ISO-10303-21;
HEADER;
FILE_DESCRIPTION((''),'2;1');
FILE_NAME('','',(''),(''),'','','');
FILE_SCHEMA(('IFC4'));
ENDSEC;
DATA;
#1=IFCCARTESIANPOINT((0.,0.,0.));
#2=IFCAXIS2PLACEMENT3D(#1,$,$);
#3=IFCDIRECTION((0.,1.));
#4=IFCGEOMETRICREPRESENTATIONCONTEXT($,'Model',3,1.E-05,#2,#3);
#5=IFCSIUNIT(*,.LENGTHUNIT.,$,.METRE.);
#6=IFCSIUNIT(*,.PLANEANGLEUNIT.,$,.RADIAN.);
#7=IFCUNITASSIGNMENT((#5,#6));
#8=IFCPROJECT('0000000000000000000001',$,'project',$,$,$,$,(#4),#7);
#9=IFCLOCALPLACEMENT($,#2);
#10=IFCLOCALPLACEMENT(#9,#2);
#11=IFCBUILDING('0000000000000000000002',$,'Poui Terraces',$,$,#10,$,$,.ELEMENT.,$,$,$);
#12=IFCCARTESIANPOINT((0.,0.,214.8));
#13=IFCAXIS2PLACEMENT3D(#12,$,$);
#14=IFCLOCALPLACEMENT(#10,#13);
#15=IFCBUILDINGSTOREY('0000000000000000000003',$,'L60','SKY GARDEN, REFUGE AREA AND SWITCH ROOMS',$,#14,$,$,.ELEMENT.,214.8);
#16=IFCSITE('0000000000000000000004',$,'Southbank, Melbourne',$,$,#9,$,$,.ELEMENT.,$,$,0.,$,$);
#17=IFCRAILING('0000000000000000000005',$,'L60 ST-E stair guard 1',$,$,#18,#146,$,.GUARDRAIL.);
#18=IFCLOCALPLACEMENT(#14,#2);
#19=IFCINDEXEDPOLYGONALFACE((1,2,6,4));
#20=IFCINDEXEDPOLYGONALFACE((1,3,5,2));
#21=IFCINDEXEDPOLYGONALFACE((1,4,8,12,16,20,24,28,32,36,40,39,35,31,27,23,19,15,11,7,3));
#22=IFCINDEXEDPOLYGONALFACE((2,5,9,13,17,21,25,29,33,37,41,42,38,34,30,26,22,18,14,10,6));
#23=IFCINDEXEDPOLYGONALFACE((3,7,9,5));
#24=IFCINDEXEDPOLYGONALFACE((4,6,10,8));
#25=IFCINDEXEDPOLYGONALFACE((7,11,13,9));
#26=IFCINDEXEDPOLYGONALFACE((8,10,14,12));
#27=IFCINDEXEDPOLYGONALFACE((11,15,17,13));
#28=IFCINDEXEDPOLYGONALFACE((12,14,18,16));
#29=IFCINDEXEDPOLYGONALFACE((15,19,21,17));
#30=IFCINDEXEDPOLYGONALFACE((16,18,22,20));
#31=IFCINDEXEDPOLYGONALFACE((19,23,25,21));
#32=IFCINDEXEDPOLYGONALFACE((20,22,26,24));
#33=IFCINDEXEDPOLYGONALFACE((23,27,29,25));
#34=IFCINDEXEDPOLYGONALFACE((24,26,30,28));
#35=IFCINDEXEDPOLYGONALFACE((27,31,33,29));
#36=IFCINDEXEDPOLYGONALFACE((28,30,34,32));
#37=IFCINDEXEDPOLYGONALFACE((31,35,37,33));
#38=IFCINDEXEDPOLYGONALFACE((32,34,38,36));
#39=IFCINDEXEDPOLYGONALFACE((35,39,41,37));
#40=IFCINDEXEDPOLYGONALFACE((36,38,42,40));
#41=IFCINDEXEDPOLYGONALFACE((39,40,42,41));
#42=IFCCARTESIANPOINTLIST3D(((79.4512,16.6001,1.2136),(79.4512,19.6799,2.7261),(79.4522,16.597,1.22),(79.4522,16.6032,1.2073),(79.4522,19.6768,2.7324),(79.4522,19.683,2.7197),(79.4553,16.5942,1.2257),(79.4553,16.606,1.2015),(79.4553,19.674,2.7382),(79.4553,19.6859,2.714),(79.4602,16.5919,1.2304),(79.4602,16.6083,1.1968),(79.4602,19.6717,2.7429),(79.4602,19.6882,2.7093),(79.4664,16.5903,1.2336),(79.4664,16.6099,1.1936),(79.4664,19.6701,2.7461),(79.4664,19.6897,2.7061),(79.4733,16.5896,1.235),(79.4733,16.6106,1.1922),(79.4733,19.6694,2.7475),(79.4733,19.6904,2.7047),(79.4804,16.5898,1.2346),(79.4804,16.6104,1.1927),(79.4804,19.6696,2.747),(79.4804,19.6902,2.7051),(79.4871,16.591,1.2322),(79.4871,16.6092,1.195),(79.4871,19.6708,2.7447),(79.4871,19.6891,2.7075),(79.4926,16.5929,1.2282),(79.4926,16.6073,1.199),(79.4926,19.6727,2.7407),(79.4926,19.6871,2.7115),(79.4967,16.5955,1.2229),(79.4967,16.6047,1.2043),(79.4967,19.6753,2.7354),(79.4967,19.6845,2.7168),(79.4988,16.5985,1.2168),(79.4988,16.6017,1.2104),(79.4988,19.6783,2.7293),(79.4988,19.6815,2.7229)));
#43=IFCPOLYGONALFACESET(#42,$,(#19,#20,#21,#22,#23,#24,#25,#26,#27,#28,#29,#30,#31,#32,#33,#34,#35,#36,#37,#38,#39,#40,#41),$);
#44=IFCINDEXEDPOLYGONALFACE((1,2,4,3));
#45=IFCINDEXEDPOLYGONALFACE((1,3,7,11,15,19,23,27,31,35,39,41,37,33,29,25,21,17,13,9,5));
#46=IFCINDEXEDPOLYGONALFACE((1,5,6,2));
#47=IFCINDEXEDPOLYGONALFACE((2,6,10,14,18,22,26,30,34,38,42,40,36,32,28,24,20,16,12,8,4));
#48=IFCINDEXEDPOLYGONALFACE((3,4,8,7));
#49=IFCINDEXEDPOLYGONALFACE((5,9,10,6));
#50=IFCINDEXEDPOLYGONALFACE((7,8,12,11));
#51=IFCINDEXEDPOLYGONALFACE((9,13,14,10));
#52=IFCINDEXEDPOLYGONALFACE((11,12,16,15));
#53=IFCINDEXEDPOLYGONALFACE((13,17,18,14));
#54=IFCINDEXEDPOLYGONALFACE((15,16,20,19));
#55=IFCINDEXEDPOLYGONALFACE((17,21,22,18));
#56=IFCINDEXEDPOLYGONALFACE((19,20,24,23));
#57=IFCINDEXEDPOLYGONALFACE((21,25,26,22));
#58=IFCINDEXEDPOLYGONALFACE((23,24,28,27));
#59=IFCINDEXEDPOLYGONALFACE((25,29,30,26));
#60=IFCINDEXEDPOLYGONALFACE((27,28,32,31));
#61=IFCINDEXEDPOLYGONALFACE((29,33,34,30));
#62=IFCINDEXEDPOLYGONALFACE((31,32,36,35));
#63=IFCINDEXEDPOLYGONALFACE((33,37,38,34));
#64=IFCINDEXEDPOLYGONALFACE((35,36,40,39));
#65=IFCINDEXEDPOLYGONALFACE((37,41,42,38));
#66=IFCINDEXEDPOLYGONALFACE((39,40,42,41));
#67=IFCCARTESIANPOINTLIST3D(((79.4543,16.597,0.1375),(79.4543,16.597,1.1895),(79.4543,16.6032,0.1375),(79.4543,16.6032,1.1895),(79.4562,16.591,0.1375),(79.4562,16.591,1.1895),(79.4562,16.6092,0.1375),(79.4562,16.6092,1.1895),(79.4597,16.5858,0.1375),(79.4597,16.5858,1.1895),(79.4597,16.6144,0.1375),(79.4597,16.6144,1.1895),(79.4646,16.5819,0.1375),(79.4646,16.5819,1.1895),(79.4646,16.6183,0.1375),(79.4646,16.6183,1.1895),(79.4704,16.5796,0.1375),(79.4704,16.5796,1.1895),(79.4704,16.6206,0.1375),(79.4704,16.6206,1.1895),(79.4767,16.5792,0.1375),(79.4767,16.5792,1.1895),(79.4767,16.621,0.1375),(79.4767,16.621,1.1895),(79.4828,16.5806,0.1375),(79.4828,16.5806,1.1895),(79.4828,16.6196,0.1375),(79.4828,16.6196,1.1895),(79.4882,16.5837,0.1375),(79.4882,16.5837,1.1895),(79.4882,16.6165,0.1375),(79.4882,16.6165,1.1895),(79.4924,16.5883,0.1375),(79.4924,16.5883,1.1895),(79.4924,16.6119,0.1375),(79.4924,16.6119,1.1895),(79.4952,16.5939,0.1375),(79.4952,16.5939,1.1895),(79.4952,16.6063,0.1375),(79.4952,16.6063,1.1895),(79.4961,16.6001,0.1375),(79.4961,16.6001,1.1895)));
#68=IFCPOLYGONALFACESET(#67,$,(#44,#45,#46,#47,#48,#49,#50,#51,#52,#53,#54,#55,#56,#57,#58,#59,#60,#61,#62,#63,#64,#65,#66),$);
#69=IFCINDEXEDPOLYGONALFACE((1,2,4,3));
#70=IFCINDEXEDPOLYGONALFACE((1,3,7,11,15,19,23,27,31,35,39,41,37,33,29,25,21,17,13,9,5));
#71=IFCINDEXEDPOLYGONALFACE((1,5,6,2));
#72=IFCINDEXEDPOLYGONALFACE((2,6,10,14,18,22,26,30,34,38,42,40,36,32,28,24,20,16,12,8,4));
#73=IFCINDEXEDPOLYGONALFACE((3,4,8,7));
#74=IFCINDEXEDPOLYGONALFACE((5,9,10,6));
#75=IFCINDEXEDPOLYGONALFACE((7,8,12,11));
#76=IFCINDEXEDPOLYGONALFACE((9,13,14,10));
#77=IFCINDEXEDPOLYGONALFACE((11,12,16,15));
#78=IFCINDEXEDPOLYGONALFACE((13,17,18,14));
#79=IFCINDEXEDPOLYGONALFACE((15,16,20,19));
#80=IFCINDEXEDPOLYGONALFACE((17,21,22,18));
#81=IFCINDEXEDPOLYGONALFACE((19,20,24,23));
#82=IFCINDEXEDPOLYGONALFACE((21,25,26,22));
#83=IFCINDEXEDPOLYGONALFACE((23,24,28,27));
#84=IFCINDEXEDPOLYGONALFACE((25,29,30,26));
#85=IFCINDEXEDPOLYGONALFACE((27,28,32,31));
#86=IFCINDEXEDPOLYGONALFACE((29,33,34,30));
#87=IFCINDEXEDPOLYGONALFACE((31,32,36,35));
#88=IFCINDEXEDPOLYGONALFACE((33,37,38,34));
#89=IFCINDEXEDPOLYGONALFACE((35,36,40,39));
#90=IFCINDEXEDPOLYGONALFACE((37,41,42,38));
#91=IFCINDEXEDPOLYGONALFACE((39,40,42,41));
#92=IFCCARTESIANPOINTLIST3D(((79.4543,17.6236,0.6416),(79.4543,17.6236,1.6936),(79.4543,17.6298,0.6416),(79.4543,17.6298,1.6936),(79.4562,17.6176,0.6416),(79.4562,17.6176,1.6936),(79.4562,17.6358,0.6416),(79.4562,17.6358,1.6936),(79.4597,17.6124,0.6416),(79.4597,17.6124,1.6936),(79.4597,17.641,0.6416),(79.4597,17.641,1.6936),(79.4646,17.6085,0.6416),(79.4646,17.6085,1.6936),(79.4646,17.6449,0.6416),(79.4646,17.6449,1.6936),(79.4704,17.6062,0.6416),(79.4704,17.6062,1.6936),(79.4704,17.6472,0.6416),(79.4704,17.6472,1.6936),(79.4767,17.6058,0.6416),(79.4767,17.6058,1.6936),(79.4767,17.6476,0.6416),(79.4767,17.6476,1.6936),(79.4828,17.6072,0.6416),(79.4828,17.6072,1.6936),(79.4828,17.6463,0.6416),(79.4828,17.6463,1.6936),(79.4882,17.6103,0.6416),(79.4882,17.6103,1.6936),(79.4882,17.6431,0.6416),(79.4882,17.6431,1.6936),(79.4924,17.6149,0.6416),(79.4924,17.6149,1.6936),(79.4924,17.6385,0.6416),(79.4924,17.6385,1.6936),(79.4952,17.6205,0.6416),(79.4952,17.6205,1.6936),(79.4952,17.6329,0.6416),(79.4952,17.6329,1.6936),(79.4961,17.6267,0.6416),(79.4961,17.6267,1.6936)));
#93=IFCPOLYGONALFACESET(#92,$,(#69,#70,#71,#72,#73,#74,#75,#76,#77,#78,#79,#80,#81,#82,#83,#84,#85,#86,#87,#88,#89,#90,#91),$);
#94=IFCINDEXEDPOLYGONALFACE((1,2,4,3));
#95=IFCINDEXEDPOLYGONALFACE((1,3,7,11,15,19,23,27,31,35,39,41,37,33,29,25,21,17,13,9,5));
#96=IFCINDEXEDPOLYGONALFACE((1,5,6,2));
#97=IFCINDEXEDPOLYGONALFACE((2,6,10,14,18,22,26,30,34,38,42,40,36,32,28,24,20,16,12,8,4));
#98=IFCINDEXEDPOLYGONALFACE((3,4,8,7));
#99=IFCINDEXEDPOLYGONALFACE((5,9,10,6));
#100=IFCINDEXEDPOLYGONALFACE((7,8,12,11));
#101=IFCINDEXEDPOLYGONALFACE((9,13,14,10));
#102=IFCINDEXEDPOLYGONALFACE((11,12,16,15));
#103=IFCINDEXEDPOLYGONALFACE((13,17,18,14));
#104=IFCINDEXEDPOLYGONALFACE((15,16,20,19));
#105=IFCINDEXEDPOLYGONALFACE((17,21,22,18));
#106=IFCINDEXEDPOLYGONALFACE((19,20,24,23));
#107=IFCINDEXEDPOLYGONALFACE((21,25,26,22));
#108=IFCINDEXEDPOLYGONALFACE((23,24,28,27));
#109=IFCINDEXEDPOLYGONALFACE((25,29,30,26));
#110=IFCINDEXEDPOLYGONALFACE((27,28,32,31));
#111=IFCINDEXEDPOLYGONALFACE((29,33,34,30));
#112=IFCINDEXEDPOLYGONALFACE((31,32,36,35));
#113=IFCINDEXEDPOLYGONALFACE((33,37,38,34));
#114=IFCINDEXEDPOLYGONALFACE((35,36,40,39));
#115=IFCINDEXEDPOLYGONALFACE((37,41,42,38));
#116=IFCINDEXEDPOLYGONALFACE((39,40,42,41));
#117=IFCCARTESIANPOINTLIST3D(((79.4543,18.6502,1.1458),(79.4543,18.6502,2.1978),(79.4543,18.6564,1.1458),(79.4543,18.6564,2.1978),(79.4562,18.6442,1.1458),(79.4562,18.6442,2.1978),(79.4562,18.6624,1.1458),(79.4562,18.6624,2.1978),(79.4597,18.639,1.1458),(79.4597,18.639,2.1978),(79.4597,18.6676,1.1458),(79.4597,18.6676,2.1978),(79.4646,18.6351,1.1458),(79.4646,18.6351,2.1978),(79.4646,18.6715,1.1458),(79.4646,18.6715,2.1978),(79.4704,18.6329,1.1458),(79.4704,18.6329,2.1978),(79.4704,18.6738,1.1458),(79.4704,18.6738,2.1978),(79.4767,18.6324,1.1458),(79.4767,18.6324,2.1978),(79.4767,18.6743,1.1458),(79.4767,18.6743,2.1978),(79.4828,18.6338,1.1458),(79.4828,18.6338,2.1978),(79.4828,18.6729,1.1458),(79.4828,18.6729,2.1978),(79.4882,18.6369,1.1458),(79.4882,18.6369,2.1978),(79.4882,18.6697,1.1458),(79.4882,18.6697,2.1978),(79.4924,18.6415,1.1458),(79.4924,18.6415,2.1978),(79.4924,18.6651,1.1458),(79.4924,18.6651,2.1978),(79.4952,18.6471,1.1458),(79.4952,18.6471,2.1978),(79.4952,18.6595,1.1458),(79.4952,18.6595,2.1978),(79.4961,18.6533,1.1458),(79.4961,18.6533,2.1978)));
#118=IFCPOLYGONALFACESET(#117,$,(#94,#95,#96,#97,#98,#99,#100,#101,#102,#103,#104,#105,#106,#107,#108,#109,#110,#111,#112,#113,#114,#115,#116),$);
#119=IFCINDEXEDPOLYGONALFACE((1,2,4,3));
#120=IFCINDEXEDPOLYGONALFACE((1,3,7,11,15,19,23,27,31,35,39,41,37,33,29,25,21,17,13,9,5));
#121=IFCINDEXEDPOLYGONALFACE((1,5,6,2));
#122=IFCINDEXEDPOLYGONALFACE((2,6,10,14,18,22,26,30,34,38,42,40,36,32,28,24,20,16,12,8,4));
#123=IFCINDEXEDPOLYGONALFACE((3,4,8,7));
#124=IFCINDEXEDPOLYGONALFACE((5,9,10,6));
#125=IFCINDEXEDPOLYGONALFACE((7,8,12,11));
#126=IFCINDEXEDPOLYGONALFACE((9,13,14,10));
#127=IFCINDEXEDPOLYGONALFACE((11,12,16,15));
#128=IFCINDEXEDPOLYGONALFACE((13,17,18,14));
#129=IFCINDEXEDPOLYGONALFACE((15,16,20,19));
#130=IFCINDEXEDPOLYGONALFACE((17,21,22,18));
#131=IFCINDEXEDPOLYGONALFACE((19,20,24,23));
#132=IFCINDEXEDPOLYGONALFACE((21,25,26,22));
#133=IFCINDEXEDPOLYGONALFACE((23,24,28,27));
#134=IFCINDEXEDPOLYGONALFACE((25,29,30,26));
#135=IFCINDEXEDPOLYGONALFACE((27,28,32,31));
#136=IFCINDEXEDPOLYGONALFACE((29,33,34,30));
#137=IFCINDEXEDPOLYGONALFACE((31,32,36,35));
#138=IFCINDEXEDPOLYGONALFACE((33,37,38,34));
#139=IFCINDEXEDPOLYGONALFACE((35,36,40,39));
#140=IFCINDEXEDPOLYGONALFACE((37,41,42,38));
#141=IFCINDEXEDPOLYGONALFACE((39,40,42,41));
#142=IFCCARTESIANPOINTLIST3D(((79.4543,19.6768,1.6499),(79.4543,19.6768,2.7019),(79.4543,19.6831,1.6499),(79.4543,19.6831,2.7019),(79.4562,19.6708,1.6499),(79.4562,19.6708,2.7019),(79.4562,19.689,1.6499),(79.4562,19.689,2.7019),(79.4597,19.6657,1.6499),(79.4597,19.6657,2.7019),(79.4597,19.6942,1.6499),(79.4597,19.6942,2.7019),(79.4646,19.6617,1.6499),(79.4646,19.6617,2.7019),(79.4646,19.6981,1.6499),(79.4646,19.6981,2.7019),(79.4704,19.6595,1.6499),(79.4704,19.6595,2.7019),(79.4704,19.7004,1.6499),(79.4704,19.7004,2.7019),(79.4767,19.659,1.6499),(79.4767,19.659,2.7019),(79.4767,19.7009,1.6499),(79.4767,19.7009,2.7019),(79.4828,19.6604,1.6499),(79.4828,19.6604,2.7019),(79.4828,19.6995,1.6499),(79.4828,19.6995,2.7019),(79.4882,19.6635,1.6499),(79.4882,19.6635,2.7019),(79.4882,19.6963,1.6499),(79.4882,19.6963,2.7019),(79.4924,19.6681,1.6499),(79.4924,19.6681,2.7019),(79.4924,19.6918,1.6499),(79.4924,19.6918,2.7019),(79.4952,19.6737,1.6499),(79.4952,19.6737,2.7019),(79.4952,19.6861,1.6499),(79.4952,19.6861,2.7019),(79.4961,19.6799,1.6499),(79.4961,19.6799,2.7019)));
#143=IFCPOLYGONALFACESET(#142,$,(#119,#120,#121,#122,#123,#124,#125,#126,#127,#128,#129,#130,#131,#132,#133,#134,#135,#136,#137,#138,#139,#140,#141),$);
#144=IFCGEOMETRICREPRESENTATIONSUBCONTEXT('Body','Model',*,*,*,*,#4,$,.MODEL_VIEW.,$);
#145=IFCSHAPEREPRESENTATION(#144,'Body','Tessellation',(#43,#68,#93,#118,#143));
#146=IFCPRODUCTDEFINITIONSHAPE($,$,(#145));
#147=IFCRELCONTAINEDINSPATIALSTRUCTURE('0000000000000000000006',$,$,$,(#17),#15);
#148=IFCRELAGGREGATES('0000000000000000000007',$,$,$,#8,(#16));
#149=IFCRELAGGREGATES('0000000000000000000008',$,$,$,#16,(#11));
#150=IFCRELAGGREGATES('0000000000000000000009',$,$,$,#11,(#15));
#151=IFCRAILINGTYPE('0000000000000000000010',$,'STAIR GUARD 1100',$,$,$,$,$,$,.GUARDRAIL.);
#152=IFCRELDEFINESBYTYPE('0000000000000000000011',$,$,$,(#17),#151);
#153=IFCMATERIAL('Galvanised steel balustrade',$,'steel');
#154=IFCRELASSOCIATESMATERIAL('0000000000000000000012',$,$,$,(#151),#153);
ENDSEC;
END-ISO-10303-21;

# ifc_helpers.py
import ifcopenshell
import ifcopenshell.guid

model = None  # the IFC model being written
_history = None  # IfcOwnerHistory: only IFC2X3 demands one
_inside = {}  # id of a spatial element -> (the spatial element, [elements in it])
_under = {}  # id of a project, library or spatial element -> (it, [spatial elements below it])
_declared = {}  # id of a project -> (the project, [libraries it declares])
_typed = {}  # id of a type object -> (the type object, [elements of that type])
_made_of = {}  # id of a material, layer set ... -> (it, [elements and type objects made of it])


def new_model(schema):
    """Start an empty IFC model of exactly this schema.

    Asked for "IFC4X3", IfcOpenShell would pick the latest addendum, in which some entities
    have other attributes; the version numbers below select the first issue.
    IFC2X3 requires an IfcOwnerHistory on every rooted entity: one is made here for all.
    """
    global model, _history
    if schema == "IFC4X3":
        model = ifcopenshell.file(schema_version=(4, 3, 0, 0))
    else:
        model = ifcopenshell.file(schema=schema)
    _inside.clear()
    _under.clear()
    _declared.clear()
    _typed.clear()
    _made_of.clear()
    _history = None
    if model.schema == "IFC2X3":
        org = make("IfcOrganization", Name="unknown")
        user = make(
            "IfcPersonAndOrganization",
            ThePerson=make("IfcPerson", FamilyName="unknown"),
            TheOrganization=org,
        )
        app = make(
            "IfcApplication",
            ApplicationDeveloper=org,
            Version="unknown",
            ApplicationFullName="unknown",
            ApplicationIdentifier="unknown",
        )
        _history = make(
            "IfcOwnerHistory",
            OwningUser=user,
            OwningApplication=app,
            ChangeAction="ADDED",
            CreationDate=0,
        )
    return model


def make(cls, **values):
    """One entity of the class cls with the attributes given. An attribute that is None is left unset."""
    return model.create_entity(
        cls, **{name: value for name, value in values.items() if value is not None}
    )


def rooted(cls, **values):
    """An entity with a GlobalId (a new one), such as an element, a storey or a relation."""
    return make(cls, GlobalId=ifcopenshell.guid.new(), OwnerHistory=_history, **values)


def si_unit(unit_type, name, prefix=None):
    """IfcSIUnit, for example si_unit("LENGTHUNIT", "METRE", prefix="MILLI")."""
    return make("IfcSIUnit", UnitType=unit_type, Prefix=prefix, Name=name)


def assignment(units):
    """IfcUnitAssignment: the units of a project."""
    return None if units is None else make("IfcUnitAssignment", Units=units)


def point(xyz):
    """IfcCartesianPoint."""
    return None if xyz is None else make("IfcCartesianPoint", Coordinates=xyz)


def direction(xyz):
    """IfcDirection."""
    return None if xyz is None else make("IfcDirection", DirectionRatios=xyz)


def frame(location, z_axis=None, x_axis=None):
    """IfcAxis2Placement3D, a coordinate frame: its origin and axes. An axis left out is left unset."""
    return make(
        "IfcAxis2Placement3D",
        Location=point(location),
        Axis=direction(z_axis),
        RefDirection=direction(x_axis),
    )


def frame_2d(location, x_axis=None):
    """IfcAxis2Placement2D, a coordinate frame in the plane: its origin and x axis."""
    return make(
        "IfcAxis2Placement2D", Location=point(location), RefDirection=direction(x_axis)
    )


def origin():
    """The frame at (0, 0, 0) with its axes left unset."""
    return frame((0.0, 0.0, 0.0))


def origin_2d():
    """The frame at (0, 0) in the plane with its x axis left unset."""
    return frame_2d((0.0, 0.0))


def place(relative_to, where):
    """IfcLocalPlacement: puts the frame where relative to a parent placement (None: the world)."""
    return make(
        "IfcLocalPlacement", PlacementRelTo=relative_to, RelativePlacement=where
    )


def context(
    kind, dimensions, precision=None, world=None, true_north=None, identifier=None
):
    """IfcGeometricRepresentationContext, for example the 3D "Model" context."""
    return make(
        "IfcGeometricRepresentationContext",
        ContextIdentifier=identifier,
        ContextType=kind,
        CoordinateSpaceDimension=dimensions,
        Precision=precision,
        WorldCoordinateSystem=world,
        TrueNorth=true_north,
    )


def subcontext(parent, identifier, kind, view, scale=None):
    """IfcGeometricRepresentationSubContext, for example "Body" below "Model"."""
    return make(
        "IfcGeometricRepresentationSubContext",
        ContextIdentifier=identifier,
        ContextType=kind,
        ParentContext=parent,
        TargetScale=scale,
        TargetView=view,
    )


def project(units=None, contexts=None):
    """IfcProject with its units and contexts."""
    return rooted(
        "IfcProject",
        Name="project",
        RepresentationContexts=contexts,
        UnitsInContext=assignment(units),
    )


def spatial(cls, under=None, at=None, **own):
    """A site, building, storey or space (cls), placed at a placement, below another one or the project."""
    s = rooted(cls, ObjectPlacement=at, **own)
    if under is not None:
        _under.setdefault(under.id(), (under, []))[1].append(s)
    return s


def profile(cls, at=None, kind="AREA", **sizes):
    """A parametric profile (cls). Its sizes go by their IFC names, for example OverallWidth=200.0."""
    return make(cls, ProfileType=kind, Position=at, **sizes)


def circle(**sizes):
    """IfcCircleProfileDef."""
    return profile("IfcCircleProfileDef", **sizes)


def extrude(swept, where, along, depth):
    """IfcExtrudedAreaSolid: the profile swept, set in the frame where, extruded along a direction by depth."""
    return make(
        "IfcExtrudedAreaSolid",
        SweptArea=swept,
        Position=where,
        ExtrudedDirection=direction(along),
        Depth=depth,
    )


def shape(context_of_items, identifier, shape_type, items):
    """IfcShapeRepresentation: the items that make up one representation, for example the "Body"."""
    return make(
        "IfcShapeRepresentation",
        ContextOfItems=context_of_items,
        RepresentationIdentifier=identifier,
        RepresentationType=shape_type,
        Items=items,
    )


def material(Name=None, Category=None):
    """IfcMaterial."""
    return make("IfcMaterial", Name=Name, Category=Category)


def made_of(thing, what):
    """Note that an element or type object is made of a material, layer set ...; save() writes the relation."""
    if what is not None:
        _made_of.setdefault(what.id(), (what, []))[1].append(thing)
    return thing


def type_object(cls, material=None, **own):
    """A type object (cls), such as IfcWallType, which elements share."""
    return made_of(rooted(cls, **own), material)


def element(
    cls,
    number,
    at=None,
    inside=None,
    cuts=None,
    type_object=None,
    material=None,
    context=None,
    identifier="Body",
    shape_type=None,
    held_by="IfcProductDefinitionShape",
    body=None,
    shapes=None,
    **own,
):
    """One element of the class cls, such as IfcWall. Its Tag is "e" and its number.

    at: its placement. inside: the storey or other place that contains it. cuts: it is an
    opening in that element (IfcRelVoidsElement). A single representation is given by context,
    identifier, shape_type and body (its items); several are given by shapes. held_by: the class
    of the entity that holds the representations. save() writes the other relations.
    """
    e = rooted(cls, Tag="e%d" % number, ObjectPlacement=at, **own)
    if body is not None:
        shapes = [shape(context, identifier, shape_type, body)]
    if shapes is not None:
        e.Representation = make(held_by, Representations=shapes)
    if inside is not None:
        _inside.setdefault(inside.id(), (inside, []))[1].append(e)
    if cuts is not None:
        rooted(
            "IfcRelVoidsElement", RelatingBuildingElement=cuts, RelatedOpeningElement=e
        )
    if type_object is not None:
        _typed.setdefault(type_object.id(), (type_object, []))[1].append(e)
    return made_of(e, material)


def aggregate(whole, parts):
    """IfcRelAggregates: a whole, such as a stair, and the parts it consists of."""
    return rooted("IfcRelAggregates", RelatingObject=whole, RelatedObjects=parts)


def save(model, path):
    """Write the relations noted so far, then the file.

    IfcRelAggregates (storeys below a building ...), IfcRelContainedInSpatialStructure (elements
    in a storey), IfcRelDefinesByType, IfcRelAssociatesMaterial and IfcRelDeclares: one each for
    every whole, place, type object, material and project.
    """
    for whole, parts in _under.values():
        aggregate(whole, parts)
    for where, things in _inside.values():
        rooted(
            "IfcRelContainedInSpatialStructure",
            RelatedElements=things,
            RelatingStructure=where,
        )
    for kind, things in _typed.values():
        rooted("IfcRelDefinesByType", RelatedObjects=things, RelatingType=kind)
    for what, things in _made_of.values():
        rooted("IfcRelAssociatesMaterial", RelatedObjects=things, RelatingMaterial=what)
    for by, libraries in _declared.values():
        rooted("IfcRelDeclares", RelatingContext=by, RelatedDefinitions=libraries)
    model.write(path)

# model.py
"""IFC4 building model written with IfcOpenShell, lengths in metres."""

from ifc_helpers import new_model, si_unit, direction, frame, origin, origin_2d, place, context, subcontext, project, spatial, circle, extrude, material, type_object, element, save


model = new_model("IFC4")

# Units and contexts
model_context = context("Model", 3, precision=1e-05, world=origin(), true_north=direction((0.0, 1.0)))
body_context = subcontext(model_context, "Body", "Model", "MODEL_VIEW")
ifc_project = project(units=[si_unit("LENGTHUNIT", "METRE"), si_unit("PLANEANGLEUNIT", "RADIAN")], contexts=[model_context])

# Site, building, storey
site_placement = place(None, origin())
site = spatial("IfcSite", under=ifc_project, at=site_placement, Name="Southbank, Melbourne", CompositionType="ELEMENT", RefElevation=0.0)
building_placement = place(site_placement, origin())
building = spatial("IfcBuilding", under=site, at=building_placement, Name="Poui Terraces", CompositionType="ELEMENT")
storey_placement = place(building_placement, frame((0.0, 0.0, 214.8)))
storey = spatial("IfcBuildingStorey", under=building, at=storey_placement, Name="L60", Description="SKY GARDEN, REFUGE AREA AND SWITCH ROOMS", CompositionType="ELEMENT", Elevation=214.8)

# Railing
ifc_material_1 = material(Name="Galvanised steel balustrade", Category="steel")
railing_type = type_object("IfcRailingType", Name="STAIR GUARD 1100", PredefinedType="GUARDRAIL", material=ifc_material_1)
railing_placement = place(storey_placement, frame((79.4751, 16.6001, 0.1375)))
element("IfcRailing", 1, at=railing_placement, inside=storey, type_object=railing_type, Name="L60 ST-E stair guard 1", PredefinedType="GUARDRAIL", context=body_context, shape_type="SweptSolid", body=[
    extrude(circle(Radius=0.0239, at=origin_2d()), frame((0.0, 0.0, 1.0762), z_axis=(0.0, 0.897606, 0.440798), x_axis=(-1.0, 0.0, 0.0)), (0.0, 0.0, 1.0), 3.4312),
    extrude(circle(Radius=0.021, at=origin_2d()), origin(), (0.0, 0.0, 1.0), 1.052),
    extrude(circle(Radius=0.021, at=origin_2d()), frame((0.0, 1.0266, 0.5042)), (0.0, 0.0, 1.0), 1.052),
    extrude(circle(Radius=0.021, at=origin_2d()), frame((0.0, 2.0532, 1.0083)), (0.0, 0.0, 1.0), 1.052),
    extrude(circle(Radius=0.021, at=origin_2d()), frame((0.0, 3.0798, 1.5125)), (0.0, 0.0, 1.0), 1.052),
])

save(model, "model.ifc")
